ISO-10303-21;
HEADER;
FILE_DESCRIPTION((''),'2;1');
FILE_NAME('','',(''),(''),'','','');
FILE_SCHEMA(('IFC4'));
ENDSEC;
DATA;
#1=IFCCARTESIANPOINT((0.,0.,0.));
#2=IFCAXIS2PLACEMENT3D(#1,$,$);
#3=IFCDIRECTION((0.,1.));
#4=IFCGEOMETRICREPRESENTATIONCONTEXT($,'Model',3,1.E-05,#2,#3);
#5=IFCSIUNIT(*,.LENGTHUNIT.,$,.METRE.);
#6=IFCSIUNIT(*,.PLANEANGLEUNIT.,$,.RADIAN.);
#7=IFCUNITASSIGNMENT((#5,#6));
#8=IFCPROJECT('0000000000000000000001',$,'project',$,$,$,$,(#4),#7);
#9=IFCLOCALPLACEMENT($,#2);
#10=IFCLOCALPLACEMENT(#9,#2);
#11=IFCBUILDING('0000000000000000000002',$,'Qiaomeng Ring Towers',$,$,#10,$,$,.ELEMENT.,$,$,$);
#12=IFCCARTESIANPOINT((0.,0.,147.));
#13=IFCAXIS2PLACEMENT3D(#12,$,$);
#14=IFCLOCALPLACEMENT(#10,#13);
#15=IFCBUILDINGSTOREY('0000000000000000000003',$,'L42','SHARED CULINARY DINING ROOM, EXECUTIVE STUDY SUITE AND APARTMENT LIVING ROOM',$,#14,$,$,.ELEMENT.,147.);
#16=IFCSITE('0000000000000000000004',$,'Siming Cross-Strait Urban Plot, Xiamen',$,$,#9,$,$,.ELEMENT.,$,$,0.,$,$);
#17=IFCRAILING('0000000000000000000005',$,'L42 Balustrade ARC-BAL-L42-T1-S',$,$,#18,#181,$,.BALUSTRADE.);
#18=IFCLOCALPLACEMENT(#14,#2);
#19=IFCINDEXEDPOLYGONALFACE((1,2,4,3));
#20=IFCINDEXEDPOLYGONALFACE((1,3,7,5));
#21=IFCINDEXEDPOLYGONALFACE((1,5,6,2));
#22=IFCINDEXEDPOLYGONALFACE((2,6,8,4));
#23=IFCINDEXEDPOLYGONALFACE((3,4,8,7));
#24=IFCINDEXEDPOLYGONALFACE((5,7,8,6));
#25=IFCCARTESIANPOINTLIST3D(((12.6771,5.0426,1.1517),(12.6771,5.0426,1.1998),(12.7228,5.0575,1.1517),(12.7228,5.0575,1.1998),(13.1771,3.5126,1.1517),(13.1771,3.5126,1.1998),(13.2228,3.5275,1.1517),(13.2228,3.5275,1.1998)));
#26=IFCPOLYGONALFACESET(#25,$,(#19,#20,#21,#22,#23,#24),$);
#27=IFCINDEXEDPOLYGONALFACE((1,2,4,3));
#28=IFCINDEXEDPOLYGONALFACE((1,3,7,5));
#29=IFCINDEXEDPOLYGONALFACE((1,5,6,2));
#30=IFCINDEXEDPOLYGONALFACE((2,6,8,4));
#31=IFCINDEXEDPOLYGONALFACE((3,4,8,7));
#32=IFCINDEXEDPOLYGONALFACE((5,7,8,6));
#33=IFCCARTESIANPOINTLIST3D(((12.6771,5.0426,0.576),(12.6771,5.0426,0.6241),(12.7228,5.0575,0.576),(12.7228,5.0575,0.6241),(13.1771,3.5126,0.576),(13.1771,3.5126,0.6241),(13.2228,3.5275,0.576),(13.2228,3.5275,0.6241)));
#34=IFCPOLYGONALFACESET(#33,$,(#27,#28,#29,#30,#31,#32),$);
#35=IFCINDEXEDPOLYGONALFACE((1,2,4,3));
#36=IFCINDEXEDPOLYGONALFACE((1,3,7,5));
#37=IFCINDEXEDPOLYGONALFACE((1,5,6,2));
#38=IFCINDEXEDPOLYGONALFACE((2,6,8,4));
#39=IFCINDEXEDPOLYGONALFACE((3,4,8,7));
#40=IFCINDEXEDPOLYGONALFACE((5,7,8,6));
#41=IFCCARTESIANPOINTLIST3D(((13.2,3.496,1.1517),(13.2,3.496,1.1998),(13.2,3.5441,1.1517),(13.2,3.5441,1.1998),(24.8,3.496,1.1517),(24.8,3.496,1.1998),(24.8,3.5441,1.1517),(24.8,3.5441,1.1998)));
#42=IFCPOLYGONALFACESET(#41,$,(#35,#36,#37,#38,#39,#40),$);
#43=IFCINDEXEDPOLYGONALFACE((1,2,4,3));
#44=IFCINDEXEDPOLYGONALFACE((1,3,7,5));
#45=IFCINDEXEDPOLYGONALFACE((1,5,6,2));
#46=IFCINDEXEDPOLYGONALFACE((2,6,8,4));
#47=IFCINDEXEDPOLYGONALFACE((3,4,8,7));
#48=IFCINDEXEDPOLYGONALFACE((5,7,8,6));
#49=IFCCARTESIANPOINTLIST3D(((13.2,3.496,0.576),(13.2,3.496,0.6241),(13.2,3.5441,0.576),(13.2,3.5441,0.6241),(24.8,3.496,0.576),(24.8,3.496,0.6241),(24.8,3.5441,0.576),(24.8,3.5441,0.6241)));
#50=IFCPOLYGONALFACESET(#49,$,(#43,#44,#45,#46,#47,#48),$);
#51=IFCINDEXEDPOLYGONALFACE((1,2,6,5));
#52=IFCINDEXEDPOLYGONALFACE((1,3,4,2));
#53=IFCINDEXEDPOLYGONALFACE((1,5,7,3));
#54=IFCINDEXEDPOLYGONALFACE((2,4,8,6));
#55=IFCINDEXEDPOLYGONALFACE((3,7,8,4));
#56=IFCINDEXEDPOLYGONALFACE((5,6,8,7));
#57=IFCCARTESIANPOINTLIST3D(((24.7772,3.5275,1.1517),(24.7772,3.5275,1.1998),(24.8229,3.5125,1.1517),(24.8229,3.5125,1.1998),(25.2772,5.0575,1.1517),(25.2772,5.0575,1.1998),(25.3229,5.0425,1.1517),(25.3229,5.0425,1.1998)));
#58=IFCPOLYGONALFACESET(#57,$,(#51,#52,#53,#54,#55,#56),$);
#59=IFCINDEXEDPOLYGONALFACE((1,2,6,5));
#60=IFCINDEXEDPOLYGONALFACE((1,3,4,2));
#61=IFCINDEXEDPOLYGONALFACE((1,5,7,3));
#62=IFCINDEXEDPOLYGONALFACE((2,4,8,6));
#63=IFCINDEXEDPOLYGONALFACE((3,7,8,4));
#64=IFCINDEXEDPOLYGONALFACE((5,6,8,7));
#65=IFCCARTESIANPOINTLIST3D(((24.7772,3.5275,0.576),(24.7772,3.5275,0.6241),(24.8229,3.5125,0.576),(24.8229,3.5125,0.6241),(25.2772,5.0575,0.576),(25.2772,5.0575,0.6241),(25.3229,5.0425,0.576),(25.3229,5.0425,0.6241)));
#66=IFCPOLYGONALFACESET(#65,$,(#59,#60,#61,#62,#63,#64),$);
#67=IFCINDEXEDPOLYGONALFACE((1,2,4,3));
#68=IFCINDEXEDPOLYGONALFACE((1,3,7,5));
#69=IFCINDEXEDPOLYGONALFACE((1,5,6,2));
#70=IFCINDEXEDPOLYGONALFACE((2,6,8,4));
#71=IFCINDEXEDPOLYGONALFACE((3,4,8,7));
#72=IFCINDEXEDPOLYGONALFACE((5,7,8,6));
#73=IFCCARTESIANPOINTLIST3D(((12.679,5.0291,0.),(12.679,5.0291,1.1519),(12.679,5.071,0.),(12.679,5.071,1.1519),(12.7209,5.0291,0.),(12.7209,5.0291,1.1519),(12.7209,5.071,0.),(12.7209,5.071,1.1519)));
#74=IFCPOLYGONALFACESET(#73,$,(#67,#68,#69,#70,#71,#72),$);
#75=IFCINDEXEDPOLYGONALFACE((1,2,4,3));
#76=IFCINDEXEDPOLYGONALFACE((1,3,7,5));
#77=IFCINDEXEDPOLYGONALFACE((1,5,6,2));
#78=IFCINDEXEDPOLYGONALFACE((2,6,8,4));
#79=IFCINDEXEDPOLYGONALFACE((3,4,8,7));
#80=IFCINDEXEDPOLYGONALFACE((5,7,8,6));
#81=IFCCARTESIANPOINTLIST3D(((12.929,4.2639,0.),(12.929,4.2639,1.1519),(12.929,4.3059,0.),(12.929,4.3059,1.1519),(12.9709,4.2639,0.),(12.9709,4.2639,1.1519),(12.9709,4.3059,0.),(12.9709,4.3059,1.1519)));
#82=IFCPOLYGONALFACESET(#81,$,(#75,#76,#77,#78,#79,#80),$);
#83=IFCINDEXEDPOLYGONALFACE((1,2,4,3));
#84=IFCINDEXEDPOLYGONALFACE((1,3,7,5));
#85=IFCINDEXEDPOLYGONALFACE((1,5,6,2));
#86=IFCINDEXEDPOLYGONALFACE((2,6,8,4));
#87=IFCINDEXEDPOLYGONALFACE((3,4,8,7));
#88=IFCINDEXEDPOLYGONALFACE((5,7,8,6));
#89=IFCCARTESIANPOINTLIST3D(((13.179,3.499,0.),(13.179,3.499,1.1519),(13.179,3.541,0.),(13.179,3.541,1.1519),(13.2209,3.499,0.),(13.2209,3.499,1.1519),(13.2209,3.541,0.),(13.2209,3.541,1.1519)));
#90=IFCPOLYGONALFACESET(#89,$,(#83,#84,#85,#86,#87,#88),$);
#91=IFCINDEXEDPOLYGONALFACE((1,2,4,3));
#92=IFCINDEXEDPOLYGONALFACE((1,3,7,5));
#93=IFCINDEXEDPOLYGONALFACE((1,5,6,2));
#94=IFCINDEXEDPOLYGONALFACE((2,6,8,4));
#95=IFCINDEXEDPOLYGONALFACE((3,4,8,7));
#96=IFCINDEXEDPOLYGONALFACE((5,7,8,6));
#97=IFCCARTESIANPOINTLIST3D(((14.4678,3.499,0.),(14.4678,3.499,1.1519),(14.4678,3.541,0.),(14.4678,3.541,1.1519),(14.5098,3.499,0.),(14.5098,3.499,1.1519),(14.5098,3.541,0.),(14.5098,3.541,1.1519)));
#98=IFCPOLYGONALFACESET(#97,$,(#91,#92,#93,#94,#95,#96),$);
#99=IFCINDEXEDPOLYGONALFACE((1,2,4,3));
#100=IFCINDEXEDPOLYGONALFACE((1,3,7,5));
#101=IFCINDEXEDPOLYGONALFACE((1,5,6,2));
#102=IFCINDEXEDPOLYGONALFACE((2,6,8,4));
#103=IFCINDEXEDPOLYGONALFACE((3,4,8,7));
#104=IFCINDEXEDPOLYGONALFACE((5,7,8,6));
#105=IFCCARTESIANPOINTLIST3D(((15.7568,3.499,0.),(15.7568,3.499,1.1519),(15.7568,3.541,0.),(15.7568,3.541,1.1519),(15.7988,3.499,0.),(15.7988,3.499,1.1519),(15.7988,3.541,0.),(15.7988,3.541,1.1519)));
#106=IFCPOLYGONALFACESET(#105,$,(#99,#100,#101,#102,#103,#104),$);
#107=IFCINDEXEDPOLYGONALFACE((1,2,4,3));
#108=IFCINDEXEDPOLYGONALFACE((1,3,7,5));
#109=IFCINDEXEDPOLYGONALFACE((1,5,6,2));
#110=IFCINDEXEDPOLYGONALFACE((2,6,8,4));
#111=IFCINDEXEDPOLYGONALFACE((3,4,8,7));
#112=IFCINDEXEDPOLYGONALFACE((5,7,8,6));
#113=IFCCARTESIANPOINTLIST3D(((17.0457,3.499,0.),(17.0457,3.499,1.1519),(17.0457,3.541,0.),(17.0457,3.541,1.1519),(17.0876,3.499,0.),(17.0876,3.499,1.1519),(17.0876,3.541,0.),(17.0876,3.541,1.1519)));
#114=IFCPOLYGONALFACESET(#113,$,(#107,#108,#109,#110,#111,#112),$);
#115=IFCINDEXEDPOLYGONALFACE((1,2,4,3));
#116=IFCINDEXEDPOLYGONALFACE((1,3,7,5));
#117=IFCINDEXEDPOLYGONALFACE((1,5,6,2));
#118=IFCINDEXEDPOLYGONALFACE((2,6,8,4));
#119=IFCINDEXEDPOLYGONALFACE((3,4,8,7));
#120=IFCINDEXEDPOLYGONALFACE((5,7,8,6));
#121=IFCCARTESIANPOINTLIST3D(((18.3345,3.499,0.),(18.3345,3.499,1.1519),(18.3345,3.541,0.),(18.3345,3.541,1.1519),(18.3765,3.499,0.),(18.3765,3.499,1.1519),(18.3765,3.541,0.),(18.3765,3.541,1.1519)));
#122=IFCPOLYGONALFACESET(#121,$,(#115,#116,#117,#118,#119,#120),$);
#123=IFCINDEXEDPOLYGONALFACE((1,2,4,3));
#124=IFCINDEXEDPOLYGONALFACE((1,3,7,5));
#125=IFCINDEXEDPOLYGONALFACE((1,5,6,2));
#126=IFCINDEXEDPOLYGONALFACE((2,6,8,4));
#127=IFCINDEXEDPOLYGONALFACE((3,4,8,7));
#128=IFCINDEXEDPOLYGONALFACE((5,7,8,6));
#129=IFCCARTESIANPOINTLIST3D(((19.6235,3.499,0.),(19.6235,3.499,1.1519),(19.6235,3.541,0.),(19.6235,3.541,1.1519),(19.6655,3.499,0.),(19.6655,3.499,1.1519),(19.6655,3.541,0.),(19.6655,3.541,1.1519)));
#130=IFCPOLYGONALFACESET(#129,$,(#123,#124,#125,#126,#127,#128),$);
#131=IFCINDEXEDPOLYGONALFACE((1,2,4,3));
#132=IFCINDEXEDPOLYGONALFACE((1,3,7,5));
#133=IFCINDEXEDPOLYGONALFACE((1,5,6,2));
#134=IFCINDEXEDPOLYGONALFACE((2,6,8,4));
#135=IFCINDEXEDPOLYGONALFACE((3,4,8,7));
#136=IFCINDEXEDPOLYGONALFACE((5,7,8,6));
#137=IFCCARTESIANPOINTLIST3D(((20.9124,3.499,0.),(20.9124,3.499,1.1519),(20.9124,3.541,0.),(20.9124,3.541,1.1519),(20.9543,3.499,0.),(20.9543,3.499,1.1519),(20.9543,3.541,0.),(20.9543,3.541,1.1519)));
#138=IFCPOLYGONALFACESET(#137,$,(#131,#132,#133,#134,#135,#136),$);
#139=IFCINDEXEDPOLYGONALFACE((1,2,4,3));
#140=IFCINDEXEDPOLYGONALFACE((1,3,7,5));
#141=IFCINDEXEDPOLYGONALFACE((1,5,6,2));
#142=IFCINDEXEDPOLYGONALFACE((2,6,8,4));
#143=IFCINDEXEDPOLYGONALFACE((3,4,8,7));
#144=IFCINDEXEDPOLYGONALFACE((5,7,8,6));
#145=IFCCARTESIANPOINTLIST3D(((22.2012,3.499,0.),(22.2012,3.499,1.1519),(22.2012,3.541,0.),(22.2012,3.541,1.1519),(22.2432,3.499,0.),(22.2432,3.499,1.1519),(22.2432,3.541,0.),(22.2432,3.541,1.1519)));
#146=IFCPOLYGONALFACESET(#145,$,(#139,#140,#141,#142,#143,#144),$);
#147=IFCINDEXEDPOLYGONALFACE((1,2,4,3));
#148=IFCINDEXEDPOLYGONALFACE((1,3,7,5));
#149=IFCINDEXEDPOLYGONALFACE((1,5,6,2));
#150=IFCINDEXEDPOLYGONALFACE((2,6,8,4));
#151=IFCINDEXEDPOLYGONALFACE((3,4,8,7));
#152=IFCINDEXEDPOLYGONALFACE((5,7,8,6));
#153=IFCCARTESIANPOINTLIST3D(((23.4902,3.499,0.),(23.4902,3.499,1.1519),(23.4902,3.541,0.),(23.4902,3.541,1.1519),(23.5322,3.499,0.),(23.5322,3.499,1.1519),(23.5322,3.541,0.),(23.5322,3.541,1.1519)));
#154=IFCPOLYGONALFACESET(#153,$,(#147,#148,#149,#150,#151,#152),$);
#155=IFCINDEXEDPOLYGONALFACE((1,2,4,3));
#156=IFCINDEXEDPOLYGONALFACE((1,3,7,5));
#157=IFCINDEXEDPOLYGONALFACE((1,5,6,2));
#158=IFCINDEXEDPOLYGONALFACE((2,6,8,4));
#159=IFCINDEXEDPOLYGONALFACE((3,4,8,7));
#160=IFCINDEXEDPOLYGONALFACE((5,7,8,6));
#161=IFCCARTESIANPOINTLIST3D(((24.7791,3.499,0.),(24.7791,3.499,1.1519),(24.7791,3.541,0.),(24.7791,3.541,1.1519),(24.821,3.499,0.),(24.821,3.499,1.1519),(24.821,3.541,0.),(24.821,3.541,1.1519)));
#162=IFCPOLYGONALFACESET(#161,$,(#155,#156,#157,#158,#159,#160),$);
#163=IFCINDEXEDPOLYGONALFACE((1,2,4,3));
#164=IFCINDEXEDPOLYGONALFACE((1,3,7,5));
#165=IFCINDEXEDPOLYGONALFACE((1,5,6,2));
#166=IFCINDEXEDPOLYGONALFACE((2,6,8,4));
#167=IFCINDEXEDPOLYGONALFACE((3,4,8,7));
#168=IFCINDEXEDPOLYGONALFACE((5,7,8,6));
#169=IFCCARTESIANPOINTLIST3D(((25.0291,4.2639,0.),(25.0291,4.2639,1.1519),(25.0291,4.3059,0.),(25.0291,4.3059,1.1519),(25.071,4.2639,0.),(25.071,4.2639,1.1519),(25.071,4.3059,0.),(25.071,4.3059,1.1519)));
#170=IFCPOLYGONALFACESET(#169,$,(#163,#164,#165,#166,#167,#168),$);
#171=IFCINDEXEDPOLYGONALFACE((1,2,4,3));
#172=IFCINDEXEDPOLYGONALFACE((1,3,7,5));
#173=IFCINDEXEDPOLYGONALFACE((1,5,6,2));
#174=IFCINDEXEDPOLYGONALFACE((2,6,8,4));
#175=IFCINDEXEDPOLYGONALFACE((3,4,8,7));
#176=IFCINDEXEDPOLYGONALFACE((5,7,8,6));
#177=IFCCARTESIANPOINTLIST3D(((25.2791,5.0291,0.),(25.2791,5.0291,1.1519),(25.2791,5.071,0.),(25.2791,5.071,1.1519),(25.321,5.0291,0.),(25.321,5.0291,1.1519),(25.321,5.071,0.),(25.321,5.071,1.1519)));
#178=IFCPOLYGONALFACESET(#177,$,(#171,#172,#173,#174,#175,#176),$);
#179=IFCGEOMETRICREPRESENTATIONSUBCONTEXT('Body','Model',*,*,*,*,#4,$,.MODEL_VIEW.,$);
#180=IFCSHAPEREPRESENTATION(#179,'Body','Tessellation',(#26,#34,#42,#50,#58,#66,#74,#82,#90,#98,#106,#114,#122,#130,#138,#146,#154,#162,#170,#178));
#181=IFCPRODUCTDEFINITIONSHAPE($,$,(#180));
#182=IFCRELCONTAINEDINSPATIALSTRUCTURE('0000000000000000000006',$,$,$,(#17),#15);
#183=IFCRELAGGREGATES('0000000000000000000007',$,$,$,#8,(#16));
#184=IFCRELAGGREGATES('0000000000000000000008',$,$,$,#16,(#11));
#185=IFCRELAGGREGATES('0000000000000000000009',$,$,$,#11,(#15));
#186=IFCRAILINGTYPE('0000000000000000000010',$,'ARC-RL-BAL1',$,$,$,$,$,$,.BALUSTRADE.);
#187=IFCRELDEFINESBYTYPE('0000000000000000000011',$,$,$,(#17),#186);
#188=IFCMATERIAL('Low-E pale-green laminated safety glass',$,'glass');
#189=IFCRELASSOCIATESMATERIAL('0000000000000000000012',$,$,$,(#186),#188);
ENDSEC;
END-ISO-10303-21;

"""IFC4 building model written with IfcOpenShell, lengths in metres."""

from ifc_helpers import new_model, si_unit, direction, frame, origin, origin_2d, place, context, subcontext, project, spatial, rectangle, extrude, material, type_object, element, save


model = new_model("IFC4")

# Units and contexts
model_context = context("Model", 3, precision=1e-05, world=origin(), true_north=direction((0.0, 1.0)))
body_context = subcontext(model_context, "Body", "Model", "MODEL_VIEW")
ifc_project = project(units=[si_unit("LENGTHUNIT", "METRE"), si_unit("PLANEANGLEUNIT", "RADIAN")], contexts=[model_context])

# Site, building, storey
site_placement = place(None, origin())
site = spatial("IfcSite", under=ifc_project, at=site_placement, Name="Siming Cross-Strait Urban Plot, Xiamen", CompositionType="ELEMENT", RefElevation=0.0)
building_placement = place(site_placement, origin())
building = spatial("IfcBuilding", under=site, at=building_placement, Name="Qiaomeng Ring Towers", CompositionType="ELEMENT")
storey_placement = place(building_placement, frame((0.0, 0.0, 147.0)))
storey = spatial("IfcBuildingStorey", under=building, at=storey_placement, Name="L42", Description="SHARED CULINARY DINING ROOM, EXECUTIVE STUDY SUITE AND APARTMENT LIVING ROOM", CompositionType="ELEMENT", Elevation=147.0)

# Railing
ifc_material_1 = material(Name="Low-E pale-green laminated safety glass", Category="glass")
railing_type = type_object("IfcRailingType", Name="ARC-RL-BAL1", PredefinedType="BALUSTRADE", material=ifc_material_1)
railing_placement = place(storey_placement, frame((12.7, 5.05, 0.0)))
element("IfcRailing", 1, at=railing_placement, inside=storey, type_object=railing_type, Name="L42 Balustrade ARC-BAL-L42-T1-S", PredefinedType="BALUSTRADE", context=body_context, shape_type="SweptSolid", body=[
    extrude(rectangle(XDim=0.0481, YDim=0.0481, at=origin_2d()), frame((0.0, 0.0, 1.1758), z_axis=(0.310626, -0.950532, 0.0), x_axis=(0.950532, 0.310626, 0.0)), (0.0, 0.0, 1.0), 1.6096),
    extrude(rectangle(XDim=0.0481, YDim=0.0481, at=origin_2d()), frame((0.0, 0.0, 0.6001), z_axis=(0.310626, -0.950532, 0.0), x_axis=(0.950532, 0.310626, 0.0)), (0.0, 0.0, 1.0), 1.6096),
    extrude(rectangle(XDim=0.0481, YDim=0.0481, at=origin_2d()), frame((0.5, -1.53, 1.1758), z_axis=(1.0, 0.0, 0.0), x_axis=(0.0, 1.0, 0.0)), (0.0, 0.0, 1.0), 11.6001),
    extrude(rectangle(XDim=0.0481, YDim=0.0481, at=origin_2d()), frame((0.5, -1.53, 0.6001), z_axis=(1.0, 0.0, 0.0), x_axis=(0.0, 1.0, 0.0)), (0.0, 0.0, 1.0), 11.6001),
    extrude(rectangle(XDim=0.0481, YDim=0.0481, at=origin_2d()), frame((12.1001, -1.53, 1.1758), z_axis=(0.310626, 0.950532, 0.0), x_axis=(-0.950532, 0.310626, 0.0)), (0.0, 0.0, 1.0), 1.6096),
    extrude(rectangle(XDim=0.0481, YDim=0.0481, at=origin_2d()), frame((12.1001, -1.53, 0.6001), z_axis=(0.310626, 0.950532, 0.0), x_axis=(-0.950532, 0.310626, 0.0)), (0.0, 0.0, 1.0), 1.6096),
    extrude(rectangle(XDim=0.042, YDim=0.042, at=origin_2d()), origin(), (0.0, 0.0, 1.0), 1.1519),
    extrude(rectangle(XDim=0.042, YDim=0.042, at=origin_2d()), frame((0.25, -0.7651, 0.0)), (0.0, 0.0, 1.0), 1.1519),
    extrude(rectangle(XDim=0.042, YDim=0.042, at=origin_2d()), frame((0.5, -1.53, 0.0)), (0.0, 0.0, 1.0), 1.1519),
    extrude(rectangle(XDim=0.042, YDim=0.042, at=origin_2d()), frame((1.7888, -1.53, 0.0)), (0.0, 0.0, 1.0), 1.1519),
    extrude(rectangle(XDim=0.042, YDim=0.042, at=origin_2d()), frame((3.0779, -1.53, 0.0)), (0.0, 0.0, 1.0), 1.1519),
    extrude(rectangle(XDim=0.042, YDim=0.042, at=origin_2d()), frame((4.3667, -1.53, 0.0)), (0.0, 0.0, 1.0), 1.1519),
    extrude(rectangle(XDim=0.042, YDim=0.042, at=origin_2d()), frame((5.6555, -1.53, 0.0)), (0.0, 0.0, 1.0), 1.1519),
    extrude(rectangle(XDim=0.042, YDim=0.042, at=origin_2d()), frame((6.9446, -1.53, 0.0)), (0.0, 0.0, 1.0), 1.1519),
    extrude(rectangle(XDim=0.042, YDim=0.042, at=origin_2d()), frame((8.2334, -1.53, 0.0)), (0.0, 0.0, 1.0), 1.1519),
    extrude(rectangle(XDim=0.042, YDim=0.042, at=origin_2d()), frame((9.5222, -1.53, 0.0)), (0.0, 0.0, 1.0), 1.1519),
    extrude(rectangle(XDim=0.042, YDim=0.042, at=origin_2d()), frame((10.8113, -1.53, 0.0)), (0.0, 0.0, 1.0), 1.1519),
    extrude(rectangle(XDim=0.042, YDim=0.042, at=origin_2d()), frame((12.1001, -1.53, 0.0)), (0.0, 0.0, 1.0), 1.1519),
    extrude(rectangle(XDim=0.042, YDim=0.042, at=origin_2d()), frame((12.3501, -0.7651, 0.0)), (0.0, 0.0, 1.0), 1.1519),
    extrude(rectangle(XDim=0.042, YDim=0.042, at=origin_2d()), frame((12.6001, 0.0, 0.0)), (0.0, 0.0, 1.0), 1.1519),
])

save(model, "model.ifc")
